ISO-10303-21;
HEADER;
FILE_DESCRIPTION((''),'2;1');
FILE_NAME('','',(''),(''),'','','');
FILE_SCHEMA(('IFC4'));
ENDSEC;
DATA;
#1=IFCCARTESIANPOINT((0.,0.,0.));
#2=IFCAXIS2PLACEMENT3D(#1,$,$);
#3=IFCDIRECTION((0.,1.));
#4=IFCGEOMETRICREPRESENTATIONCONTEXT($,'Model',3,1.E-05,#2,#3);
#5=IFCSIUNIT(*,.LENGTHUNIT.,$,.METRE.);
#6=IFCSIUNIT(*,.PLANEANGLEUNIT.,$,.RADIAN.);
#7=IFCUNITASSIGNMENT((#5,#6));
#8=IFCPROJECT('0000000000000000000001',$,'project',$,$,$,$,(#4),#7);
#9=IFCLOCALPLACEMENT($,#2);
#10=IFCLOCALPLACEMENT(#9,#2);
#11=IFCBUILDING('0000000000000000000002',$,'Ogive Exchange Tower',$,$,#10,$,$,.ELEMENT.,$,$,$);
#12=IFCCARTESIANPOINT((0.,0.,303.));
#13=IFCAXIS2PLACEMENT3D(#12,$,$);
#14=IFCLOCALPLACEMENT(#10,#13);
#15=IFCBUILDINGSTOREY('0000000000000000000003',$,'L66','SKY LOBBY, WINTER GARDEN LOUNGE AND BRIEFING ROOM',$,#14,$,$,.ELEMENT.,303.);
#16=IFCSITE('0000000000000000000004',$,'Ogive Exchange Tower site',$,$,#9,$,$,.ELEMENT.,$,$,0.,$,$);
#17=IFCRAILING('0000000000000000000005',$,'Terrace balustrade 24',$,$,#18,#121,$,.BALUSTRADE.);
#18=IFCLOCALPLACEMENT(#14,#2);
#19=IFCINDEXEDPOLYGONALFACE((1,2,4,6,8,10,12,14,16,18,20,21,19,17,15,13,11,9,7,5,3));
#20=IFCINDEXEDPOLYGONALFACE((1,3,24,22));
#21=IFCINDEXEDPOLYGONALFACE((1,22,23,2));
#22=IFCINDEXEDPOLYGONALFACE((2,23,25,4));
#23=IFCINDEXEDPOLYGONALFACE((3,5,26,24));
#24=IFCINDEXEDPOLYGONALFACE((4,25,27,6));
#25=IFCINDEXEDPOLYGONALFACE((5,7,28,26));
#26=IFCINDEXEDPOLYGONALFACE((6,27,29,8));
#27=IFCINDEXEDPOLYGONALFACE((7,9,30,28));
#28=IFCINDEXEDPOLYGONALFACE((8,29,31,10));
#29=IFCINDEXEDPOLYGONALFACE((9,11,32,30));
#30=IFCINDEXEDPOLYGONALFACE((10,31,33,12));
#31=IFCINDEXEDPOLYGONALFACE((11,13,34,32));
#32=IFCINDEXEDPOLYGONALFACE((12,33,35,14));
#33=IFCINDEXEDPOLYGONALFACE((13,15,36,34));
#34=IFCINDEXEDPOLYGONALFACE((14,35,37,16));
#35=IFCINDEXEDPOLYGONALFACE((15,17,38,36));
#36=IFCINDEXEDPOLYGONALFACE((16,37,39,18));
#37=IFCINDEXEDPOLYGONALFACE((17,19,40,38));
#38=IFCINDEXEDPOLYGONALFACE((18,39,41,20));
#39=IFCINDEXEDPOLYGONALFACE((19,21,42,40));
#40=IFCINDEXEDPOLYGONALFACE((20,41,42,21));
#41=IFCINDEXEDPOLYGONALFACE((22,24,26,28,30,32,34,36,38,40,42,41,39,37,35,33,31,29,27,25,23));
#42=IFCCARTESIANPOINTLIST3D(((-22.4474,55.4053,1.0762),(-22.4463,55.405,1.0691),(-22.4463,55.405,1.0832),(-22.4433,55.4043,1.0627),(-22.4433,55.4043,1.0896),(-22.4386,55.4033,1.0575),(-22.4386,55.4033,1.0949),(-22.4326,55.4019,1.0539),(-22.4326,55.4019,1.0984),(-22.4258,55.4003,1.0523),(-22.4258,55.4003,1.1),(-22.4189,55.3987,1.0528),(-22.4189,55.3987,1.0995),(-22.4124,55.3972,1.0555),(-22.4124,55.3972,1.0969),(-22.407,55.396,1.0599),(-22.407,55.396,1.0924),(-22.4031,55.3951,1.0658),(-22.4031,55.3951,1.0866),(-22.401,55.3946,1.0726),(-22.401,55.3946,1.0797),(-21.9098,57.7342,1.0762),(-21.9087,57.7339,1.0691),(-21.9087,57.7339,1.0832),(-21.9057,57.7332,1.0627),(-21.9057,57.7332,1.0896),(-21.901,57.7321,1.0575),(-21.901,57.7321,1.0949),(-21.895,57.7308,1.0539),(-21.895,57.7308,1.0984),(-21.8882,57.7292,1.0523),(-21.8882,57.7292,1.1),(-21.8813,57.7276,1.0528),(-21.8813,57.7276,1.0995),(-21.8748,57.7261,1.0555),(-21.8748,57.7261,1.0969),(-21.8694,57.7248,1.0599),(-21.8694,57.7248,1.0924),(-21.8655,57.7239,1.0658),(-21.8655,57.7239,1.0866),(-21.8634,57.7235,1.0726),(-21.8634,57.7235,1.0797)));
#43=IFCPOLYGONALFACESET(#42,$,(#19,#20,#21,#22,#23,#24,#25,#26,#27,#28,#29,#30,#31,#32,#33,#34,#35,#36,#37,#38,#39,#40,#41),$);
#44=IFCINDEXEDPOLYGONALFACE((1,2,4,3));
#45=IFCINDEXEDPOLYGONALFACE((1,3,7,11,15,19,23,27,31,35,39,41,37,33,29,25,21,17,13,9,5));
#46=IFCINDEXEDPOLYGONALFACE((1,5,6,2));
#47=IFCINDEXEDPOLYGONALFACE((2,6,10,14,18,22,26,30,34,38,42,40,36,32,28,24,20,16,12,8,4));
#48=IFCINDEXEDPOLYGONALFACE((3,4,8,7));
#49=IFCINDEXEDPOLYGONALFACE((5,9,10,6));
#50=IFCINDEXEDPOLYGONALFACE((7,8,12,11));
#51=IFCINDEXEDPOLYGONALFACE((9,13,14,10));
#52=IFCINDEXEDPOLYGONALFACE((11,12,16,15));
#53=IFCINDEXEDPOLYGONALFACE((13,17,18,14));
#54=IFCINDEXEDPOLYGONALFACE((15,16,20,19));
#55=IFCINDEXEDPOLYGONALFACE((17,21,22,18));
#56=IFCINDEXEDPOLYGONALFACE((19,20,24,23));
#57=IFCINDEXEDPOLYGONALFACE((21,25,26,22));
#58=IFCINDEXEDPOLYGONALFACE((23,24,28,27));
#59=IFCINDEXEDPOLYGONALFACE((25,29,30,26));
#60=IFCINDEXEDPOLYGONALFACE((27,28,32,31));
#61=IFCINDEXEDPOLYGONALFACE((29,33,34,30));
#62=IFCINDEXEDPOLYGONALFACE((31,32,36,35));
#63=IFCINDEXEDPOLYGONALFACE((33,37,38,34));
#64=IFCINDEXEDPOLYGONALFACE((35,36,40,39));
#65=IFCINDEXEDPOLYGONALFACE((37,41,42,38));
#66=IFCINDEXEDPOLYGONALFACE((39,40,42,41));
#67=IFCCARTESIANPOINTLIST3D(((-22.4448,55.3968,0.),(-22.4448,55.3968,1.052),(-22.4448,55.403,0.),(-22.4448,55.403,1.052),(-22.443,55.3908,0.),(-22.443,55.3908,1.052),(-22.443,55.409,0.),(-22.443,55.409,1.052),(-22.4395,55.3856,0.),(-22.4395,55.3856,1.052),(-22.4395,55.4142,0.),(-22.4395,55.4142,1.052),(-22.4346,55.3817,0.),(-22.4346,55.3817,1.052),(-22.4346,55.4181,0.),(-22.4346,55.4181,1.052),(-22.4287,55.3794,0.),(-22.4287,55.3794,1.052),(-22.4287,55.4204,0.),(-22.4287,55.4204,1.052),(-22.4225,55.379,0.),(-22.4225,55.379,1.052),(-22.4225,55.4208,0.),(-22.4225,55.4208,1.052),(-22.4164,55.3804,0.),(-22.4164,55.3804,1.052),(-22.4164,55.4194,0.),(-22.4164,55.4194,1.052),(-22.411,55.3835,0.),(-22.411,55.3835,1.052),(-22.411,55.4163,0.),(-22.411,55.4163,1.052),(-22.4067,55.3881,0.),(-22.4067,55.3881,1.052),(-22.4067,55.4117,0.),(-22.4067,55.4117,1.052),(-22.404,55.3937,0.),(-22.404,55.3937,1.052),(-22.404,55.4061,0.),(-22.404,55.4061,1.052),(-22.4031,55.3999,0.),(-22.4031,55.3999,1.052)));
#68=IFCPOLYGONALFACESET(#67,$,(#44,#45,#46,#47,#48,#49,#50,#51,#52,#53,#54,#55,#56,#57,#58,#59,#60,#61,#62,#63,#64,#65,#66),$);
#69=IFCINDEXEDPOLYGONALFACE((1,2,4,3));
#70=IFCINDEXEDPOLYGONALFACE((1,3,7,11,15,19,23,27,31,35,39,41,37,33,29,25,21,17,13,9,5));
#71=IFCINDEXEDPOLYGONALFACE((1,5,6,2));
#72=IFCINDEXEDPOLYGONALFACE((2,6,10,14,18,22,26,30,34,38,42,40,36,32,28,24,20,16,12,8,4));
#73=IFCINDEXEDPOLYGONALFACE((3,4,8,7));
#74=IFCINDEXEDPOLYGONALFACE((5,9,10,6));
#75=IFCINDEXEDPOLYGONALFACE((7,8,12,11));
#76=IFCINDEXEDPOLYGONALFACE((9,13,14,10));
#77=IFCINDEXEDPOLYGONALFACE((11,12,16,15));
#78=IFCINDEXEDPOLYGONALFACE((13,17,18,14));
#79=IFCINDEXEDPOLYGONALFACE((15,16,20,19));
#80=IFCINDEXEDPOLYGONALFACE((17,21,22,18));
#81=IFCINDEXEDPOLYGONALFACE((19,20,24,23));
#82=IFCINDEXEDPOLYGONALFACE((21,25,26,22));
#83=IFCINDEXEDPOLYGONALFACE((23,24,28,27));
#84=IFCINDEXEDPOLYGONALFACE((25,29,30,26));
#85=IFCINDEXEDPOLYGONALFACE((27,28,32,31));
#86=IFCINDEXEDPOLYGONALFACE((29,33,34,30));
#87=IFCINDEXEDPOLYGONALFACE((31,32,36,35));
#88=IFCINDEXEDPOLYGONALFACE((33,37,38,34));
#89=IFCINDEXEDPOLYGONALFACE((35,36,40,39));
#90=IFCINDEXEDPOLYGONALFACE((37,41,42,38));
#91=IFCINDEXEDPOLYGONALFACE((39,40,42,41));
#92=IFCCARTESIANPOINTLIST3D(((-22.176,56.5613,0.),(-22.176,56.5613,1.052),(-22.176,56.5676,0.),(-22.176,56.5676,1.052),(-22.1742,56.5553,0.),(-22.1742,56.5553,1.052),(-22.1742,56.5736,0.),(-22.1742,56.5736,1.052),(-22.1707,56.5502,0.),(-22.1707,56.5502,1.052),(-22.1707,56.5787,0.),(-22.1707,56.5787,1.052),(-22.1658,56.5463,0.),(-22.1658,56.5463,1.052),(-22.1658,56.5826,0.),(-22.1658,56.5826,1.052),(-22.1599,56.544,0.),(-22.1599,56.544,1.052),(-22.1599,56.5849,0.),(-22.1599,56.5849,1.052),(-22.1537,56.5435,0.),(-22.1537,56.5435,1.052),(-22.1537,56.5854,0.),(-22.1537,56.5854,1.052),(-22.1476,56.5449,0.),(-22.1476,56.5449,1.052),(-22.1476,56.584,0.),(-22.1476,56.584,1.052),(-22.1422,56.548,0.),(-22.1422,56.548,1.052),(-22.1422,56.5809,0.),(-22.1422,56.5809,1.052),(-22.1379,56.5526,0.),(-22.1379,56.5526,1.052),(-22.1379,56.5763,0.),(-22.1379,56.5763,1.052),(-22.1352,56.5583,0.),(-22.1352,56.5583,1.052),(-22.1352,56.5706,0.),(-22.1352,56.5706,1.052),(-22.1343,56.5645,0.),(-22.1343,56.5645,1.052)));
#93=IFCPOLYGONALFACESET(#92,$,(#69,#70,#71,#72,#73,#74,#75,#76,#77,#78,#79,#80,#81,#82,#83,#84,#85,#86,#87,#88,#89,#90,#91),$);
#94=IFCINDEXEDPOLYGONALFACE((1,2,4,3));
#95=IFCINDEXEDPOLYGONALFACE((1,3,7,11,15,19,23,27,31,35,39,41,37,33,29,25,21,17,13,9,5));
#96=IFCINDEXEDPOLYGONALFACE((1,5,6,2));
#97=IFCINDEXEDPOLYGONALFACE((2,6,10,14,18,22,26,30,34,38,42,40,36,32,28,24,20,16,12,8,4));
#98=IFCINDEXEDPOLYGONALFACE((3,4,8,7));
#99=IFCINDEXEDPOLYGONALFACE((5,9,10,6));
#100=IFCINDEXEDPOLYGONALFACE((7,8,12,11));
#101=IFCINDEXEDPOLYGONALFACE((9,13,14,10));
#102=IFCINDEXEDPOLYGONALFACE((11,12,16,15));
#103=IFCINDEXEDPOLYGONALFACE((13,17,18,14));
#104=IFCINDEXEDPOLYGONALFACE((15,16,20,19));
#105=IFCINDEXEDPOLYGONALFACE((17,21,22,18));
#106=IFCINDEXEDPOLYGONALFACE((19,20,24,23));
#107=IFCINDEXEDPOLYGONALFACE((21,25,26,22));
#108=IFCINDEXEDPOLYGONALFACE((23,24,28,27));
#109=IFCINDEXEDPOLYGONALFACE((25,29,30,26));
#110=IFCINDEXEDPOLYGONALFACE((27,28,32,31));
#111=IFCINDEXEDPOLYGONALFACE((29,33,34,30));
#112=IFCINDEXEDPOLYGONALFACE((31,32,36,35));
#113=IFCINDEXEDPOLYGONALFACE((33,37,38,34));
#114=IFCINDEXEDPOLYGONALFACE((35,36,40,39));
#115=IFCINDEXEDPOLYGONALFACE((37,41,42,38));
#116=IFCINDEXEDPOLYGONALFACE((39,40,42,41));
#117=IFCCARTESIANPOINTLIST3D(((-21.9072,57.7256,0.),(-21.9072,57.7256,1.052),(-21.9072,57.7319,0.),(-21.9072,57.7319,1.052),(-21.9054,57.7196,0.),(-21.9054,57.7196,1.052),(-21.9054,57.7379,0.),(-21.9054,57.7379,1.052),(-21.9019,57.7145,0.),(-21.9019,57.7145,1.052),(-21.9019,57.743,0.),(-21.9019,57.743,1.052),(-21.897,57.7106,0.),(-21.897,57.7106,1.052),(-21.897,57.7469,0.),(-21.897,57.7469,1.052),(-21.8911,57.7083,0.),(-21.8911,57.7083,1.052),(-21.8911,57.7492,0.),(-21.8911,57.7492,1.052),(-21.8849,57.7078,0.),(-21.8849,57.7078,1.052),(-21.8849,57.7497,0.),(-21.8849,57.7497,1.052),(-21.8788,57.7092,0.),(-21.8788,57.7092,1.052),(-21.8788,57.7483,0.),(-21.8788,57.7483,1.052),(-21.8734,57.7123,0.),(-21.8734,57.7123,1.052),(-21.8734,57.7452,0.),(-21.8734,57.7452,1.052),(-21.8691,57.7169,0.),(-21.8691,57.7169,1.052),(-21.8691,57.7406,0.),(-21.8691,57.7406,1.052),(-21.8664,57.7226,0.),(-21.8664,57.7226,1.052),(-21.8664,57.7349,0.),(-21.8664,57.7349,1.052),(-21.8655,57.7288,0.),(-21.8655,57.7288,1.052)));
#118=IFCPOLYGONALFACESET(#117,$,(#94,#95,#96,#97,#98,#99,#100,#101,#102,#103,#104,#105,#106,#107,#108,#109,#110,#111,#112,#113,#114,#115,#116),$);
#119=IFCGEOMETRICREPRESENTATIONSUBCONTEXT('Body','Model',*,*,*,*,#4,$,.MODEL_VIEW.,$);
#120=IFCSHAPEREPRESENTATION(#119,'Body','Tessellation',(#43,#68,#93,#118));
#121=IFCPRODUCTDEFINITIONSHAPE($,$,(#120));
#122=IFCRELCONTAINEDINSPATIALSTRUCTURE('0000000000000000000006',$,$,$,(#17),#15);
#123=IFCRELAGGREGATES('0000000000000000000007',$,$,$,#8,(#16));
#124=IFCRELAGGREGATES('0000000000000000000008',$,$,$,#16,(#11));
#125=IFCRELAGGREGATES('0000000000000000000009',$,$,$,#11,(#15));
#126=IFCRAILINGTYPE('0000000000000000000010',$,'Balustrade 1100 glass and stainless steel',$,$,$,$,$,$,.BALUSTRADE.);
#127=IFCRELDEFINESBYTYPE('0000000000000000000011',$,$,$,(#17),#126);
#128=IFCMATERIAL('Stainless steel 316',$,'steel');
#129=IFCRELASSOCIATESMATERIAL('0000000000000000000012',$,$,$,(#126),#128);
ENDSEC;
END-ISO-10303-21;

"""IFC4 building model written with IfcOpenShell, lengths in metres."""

from ifc_helpers import new_model, si_unit, direction, frame, origin, origin_2d, place, context, subcontext, project, spatial, circle, extrude, material, type_object, element, save


model = new_model("IFC4")

# Units and contexts
model_context = context("Model", 3, precision=1e-05, world=origin(), true_north=direction((0.0, 1.0)))
body_context = subcontext(model_context, "Body", "Model", "MODEL_VIEW")
ifc_project = project(units=[si_unit("LENGTHUNIT", "METRE"), si_unit("PLANEANGLEUNIT", "RADIAN")], contexts=[model_context])

# Site, building, storey
site_placement = place(None, origin())
site = spatial("IfcSite", under=ifc_project, at=site_placement, Name="Ogive Exchange Tower site", CompositionType="ELEMENT", RefElevation=0.0)
building_placement = place(site_placement, origin())
building = spatial("IfcBuilding", under=site, at=building_placement, Name="Ogive Exchange Tower", CompositionType="ELEMENT")
storey_placement = place(building_placement, frame((0.0, 0.0, 303.0)))
storey = spatial("IfcBuildingStorey", under=building, at=storey_placement, Name="L66", Description="SKY LOBBY, WINTER GARDEN LOUNGE AND BRIEFING ROOM", CompositionType="ELEMENT", Elevation=303.0)

# Railing
ifc_material_1 = material(Name="Stainless steel 316", Category="steel")
railing_type_1 = type_object("IfcRailingType", Name="Balustrade 1100 glass and stainless steel", PredefinedType="BALUSTRADE", material=ifc_material_1)
railing_1_placement = place(storey_placement, frame((-22.4241, 55.3999, 0.0)))
element("IfcRailing", 1, at=railing_1_placement, inside=storey, type_object=railing_type_1, Name="Terrace balustrade 24", PredefinedType="BALUSTRADE", context=body_context, shape_type="SweptSolid", body=[
    extrude(circle(Radius=0.0239, at=origin_2d()), frame((0.0, 0.0, 1.0762), z_axis=(0.224927, 0.974376, 0.0), x_axis=(-0.974376, 0.224927, 0.0)), (0.0, 0.0, 1.0), 2.3901),
    extrude(circle(Radius=0.021, at=origin_2d()), origin(), (0.0, 0.0, 1.0), 1.052),
    extrude(circle(Radius=0.021, at=origin_2d()), frame((0.2688, 1.1646, 0.0)), (0.0, 0.0, 1.0), 1.052),
    extrude(circle(Radius=0.021, at=origin_2d()), frame((0.5376, 2.3289, 0.0)), (0.0, 0.0, 1.0), 1.052),
])

save(model, "model.ifc")
